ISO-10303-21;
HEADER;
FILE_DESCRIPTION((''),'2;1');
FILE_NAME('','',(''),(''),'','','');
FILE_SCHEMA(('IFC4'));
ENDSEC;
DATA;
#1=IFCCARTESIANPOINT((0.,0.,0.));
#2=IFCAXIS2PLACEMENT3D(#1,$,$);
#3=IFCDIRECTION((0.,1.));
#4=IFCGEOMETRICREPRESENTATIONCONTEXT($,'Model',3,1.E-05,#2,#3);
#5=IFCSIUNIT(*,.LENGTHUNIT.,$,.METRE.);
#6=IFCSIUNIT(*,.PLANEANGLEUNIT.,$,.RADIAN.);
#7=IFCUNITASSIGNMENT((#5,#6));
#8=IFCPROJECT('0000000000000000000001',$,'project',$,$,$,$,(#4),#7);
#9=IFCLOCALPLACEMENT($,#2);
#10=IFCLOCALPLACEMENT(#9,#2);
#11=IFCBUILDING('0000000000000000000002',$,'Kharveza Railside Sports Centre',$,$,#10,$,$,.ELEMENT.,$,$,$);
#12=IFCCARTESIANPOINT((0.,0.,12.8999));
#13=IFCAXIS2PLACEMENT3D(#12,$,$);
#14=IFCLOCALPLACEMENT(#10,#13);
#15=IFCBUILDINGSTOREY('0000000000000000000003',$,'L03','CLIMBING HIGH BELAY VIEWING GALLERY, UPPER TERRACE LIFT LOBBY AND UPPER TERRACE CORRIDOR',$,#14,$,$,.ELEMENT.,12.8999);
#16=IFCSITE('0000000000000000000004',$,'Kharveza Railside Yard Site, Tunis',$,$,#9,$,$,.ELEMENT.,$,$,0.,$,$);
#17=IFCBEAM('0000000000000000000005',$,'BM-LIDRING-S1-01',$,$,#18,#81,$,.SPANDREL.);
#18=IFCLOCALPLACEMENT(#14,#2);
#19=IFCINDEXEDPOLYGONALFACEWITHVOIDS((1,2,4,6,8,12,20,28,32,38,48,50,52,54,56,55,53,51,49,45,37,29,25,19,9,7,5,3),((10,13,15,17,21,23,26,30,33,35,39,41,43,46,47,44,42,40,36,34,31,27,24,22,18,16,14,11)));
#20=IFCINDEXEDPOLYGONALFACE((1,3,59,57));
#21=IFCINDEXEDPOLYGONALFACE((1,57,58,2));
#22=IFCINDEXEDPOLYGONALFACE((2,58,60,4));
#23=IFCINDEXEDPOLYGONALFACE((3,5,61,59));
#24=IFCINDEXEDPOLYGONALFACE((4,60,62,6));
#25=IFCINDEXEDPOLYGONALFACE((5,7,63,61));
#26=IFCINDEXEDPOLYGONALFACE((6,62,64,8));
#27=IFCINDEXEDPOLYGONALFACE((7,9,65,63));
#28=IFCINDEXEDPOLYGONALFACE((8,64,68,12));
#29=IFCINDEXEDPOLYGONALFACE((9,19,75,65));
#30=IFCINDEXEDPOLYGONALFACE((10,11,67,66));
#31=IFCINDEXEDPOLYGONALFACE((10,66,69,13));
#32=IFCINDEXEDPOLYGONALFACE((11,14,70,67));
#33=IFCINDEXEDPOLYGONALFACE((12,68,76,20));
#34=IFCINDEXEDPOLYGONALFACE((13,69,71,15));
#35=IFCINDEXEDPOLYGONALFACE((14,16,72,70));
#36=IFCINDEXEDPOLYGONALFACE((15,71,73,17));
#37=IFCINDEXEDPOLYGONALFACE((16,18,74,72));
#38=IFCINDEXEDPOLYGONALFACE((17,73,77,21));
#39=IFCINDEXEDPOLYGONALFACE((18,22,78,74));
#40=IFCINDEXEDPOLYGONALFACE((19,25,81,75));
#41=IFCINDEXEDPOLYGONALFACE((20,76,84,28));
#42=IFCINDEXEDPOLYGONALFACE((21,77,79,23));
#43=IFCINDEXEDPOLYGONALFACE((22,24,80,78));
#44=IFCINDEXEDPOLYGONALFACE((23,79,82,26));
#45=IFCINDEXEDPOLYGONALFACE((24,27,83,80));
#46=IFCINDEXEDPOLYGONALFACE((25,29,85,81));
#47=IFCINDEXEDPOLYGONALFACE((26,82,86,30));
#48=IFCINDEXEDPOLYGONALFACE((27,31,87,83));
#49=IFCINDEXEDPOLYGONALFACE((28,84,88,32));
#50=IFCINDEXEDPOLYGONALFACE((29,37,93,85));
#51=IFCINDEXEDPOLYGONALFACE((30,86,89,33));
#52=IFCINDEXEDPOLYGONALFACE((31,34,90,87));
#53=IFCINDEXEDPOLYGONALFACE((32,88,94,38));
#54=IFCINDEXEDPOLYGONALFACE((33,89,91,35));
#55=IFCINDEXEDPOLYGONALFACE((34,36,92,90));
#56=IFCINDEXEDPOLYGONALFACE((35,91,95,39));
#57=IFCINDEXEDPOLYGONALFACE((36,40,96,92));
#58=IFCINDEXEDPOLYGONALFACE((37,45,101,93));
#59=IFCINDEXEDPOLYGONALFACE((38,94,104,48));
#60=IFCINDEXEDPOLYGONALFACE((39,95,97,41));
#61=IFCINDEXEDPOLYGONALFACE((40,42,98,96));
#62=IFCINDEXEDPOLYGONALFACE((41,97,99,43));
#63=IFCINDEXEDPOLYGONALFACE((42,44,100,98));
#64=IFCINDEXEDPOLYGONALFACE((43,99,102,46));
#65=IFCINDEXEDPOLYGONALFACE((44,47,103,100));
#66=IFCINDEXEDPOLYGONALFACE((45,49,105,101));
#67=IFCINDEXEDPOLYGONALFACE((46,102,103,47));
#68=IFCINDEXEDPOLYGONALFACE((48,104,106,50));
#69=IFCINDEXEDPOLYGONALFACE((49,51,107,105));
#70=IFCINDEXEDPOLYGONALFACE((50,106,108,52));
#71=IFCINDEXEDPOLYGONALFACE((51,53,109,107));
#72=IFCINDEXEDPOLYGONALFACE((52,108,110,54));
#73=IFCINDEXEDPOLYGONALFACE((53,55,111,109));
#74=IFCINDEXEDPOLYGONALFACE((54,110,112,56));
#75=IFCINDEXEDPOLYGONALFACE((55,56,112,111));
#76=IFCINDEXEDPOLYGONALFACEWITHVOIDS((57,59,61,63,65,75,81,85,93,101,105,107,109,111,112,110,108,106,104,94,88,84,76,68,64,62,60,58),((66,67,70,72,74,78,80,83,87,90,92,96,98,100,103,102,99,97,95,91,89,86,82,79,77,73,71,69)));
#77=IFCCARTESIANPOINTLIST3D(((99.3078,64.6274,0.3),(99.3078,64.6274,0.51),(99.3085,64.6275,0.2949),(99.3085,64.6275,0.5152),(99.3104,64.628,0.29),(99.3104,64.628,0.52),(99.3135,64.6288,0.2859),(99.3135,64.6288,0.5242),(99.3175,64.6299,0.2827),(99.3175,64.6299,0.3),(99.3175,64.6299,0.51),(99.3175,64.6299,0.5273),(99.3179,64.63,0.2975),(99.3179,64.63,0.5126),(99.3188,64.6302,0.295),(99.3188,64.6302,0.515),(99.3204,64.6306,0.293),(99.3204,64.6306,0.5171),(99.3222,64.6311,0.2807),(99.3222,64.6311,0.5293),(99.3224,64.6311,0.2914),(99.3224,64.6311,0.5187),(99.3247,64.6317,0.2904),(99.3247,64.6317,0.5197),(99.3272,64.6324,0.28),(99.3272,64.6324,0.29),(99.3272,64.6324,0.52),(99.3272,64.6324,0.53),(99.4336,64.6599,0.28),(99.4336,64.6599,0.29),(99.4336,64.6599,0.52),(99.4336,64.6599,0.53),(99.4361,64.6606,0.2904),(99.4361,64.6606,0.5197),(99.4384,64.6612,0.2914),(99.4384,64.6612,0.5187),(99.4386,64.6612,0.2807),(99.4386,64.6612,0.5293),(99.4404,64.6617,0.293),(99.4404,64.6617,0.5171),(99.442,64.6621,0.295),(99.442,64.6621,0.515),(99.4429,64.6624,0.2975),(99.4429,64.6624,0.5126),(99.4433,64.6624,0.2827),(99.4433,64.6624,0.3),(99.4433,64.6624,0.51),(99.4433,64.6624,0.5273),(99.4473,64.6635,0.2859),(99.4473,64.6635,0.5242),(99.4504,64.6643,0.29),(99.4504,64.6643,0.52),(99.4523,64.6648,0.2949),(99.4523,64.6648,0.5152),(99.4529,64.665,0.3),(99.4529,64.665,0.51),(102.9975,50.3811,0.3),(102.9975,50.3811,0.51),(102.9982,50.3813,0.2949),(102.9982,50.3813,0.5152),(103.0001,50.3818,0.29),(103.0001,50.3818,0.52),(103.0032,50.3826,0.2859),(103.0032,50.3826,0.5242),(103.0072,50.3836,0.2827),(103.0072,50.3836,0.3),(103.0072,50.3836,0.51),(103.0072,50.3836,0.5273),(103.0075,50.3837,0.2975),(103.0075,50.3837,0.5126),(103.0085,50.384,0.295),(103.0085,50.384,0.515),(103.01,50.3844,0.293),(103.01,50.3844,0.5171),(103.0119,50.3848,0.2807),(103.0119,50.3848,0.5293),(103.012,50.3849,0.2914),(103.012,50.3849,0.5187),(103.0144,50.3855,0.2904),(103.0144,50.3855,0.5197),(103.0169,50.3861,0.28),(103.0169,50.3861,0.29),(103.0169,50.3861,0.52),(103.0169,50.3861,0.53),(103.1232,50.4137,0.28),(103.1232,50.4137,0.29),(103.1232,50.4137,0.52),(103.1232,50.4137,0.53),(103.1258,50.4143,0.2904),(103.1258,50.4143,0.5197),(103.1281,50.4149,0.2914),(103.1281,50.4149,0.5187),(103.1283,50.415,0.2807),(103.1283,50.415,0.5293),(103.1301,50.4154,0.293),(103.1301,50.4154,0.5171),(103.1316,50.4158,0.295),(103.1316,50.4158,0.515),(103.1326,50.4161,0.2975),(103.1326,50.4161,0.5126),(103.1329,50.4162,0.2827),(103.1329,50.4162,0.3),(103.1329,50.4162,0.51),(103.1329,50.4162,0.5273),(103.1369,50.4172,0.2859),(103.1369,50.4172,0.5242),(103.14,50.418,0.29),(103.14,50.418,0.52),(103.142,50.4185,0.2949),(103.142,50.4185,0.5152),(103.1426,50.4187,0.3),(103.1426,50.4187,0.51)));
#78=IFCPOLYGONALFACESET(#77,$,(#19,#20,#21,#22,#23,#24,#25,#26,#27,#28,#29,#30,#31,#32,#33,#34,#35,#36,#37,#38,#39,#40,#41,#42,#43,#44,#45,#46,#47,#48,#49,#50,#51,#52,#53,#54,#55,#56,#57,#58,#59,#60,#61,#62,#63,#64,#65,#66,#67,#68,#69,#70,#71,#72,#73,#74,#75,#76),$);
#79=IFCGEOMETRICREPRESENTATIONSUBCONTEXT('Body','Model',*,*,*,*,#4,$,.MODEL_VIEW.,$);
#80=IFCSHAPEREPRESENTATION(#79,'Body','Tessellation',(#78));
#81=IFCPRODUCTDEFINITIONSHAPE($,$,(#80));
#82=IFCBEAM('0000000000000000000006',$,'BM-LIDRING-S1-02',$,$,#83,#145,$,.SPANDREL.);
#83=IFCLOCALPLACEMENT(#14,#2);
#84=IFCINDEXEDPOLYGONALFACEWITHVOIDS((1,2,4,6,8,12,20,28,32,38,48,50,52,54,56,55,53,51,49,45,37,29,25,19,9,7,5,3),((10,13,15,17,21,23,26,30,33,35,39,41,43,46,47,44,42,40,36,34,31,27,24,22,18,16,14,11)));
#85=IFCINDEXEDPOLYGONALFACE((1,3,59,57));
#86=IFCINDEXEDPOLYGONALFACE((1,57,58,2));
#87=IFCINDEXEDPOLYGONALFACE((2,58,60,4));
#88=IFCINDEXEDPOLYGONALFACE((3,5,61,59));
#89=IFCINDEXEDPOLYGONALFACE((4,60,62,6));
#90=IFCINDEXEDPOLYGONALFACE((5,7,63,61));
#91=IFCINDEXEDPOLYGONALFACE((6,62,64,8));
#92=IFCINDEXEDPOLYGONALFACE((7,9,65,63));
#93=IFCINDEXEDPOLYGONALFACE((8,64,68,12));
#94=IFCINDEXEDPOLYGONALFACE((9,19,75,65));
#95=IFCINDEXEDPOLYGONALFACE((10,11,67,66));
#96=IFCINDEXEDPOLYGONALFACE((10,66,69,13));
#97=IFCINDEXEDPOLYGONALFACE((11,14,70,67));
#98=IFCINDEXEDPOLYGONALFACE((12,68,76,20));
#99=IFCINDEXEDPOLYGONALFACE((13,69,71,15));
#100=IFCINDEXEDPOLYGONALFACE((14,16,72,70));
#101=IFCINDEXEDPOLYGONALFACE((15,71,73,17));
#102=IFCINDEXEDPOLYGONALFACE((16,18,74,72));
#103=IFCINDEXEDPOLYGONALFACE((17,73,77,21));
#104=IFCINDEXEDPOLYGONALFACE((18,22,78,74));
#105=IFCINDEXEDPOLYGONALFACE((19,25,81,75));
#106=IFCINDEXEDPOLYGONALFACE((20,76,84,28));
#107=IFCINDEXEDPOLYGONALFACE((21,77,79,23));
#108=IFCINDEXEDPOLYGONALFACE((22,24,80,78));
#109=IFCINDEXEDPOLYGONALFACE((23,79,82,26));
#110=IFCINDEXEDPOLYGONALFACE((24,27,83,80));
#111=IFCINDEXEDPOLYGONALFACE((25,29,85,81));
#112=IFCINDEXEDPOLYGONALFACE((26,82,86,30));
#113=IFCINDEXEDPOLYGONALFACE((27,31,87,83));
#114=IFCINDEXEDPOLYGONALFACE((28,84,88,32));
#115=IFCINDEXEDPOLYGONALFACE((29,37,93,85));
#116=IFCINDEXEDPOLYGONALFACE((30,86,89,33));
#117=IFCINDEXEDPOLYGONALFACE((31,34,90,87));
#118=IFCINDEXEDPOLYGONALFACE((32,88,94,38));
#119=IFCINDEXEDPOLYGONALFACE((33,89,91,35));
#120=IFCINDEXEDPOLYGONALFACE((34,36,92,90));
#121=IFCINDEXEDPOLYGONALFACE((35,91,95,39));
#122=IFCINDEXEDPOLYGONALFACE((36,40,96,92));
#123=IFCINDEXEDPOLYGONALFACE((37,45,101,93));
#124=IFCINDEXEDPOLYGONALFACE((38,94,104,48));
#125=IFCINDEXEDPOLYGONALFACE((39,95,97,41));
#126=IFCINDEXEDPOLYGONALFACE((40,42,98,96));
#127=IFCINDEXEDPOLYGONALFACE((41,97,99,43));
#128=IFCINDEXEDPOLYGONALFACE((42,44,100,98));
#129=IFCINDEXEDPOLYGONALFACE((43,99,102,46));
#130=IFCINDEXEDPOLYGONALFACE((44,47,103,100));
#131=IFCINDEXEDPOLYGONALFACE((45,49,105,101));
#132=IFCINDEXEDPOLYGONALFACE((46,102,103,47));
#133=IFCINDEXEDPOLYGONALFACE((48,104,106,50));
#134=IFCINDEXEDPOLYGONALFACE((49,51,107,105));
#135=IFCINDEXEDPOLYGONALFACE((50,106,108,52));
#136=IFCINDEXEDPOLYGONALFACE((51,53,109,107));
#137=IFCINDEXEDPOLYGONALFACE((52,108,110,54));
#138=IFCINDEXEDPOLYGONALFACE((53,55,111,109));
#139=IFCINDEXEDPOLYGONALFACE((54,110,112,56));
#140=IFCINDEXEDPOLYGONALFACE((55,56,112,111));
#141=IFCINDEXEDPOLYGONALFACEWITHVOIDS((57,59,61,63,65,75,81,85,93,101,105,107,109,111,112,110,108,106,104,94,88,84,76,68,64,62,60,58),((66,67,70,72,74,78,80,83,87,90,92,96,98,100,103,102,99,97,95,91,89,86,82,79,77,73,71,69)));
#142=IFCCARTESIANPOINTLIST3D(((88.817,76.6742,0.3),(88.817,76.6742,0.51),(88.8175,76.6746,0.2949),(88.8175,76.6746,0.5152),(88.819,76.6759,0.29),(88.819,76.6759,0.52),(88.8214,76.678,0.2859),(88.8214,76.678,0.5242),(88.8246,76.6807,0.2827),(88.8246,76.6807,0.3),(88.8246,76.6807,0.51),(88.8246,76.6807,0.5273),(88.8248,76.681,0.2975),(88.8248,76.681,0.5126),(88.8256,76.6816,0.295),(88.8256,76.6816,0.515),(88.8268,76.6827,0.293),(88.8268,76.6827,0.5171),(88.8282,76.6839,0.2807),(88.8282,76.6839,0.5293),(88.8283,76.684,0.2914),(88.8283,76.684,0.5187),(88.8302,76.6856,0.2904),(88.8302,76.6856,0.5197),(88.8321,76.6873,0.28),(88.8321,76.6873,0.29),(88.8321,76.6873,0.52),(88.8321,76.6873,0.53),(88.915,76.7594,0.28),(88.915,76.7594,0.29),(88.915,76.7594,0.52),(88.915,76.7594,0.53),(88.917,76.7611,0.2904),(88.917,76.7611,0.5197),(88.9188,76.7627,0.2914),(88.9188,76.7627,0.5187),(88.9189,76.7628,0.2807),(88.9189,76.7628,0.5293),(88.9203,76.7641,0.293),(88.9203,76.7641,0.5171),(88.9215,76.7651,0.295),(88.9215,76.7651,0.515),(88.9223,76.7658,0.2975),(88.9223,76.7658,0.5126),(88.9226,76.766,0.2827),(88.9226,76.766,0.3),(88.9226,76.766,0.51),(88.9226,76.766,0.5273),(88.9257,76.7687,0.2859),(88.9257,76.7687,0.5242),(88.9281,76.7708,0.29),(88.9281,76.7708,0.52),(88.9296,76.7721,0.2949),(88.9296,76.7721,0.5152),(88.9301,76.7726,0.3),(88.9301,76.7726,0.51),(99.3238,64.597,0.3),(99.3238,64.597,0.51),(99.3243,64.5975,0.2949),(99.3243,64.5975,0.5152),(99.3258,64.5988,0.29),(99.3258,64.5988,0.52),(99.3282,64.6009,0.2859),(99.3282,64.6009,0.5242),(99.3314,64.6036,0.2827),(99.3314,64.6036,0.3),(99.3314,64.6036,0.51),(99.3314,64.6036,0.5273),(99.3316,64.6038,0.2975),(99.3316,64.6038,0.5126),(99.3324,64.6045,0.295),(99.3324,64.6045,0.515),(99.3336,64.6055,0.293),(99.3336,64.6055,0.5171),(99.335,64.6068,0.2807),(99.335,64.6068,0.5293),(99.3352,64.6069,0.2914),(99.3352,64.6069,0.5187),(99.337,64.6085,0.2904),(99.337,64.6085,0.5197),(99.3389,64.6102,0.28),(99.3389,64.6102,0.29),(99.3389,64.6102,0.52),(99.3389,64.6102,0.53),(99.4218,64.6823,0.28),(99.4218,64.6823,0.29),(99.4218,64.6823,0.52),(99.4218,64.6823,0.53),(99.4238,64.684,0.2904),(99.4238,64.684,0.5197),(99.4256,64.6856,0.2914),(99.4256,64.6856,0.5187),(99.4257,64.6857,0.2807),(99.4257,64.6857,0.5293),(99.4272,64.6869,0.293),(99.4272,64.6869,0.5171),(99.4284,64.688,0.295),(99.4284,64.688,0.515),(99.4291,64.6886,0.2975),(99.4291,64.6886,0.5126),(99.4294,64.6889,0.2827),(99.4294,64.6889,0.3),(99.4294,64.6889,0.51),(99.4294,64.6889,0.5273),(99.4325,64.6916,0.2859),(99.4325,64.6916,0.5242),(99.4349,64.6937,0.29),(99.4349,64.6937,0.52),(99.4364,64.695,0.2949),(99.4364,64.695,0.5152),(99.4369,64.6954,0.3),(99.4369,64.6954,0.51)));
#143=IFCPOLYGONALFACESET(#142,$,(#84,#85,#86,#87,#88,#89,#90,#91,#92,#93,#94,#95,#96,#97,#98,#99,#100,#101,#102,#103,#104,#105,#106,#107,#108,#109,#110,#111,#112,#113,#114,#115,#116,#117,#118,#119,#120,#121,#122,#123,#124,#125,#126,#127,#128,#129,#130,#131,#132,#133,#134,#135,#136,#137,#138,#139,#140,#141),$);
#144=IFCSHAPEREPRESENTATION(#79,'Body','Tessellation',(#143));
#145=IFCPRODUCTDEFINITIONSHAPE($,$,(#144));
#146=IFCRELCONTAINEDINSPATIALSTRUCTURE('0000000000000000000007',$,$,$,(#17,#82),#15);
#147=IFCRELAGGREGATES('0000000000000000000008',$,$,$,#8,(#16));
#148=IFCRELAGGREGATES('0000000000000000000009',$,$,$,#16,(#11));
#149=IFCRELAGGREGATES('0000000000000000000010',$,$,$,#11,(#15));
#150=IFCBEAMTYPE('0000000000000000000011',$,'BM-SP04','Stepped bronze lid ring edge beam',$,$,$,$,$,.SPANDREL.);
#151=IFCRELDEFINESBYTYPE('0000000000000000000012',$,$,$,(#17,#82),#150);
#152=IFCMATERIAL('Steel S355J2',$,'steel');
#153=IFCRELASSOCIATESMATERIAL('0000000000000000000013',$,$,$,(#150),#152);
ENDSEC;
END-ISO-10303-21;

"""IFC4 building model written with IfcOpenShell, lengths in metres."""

from ifc_helpers import new_model, si_unit, direction, frame, origin, origin_2d, place, context, subcontext, project, spatial, hollow_rectangle, extrude, material, material_profile, profile_set, type_object, element, save


model = new_model("IFC4")

# Units and contexts
model_context = context("Model", 3, precision=1e-05, world=origin(), true_north=direction((0.0, 1.0)))
body_context = subcontext(model_context, "Body", "Model", "MODEL_VIEW")
ifc_project = project(units=[si_unit("LENGTHUNIT", "METRE"), si_unit("PLANEANGLEUNIT", "RADIAN")], contexts=[model_context])

# Site, building, storey
site_placement = place(None, origin())
site = spatial("IfcSite", under=ifc_project, at=site_placement, Name="Kharveza Railside Yard Site, Tunis", CompositionType="ELEMENT", RefElevation=0.0)
building_placement = place(site_placement, origin())
building = spatial("IfcBuilding", under=site, at=building_placement, Name="Kharveza Railside Sports Centre", CompositionType="ELEMENT")
storey_placement = place(building_placement, frame((0.0, 0.0, 12.8999)))
storey = spatial("IfcBuildingStorey", under=building, at=storey_placement, Name="L03", Description="CLIMBING HIGH BELAY VIEWING GALLERY, UPPER TERRACE LIFT LOBBY AND UPPER TERRACE CORRIDOR", CompositionType="ELEMENT", Elevation=12.8999)

# Beams
ifc_material_1 = material(Name="Steel S355J2", Category="steel")
ifc_material_profile_1 = material_profile(ifc_material_1, hollow_rectangle(XDim=0.1499, YDim=0.25, WallThickness=0.01, InnerFilletRadius=0.01, OuterFilletRadius=0.02, at=origin_2d()), Name="RHS 150x250x10.0")
ifc_profile_set_1 = profile_set([ifc_material_profile_1], Name="Steel S355J2")
beam_type = type_object("IfcBeamType", Name="BM-SP04", Description="Stepped bronze lid ring edge beam", PredefinedType="SPANDREL", material=ifc_profile_set_1)
beam_1_placement = place(storey_placement, frame((103.0701, 50.3999, 0.405), z_axis=(-0.25072, 0.96806, 0.0), x_axis=(-0.96806, -0.25072, 0.0)))
element("IfcBeam", 1, at=beam_1_placement, inside=storey, type_object=beam_type, Name="BM-LIDRING-S1-01", PredefinedType="SPANDREL", context=body_context, shape_type="SweptSolid", body=[
    extrude(hollow_rectangle(XDim=0.1499, YDim=0.25, WallThickness=0.01, InnerFilletRadius=0.01, OuterFilletRadius=0.02, at=origin_2d()), origin(), (0.0, 0.0, 1.0), 14.7163),
])
beam_2_placement = place(storey_placement, frame((99.3804, 64.6462, 0.405), z_axis=(-0.656355, 0.754452, 0.0), x_axis=(-0.754452, -0.656355, 0.0)))
element("IfcBeam", 2, at=beam_2_placement, inside=storey, type_object=beam_type, Name="BM-LIDRING-S1-02", PredefinedType="SPANDREL", context=body_context, shape_type="SweptSolid", body=[
    extrude(hollow_rectangle(XDim=0.1499, YDim=0.25, WallThickness=0.01, InnerFilletRadius=0.01, OuterFilletRadius=0.02, at=origin_2d()), origin(), (0.0, 0.0, 1.0), 16.0078),
])

save(model, "model.ifc")
